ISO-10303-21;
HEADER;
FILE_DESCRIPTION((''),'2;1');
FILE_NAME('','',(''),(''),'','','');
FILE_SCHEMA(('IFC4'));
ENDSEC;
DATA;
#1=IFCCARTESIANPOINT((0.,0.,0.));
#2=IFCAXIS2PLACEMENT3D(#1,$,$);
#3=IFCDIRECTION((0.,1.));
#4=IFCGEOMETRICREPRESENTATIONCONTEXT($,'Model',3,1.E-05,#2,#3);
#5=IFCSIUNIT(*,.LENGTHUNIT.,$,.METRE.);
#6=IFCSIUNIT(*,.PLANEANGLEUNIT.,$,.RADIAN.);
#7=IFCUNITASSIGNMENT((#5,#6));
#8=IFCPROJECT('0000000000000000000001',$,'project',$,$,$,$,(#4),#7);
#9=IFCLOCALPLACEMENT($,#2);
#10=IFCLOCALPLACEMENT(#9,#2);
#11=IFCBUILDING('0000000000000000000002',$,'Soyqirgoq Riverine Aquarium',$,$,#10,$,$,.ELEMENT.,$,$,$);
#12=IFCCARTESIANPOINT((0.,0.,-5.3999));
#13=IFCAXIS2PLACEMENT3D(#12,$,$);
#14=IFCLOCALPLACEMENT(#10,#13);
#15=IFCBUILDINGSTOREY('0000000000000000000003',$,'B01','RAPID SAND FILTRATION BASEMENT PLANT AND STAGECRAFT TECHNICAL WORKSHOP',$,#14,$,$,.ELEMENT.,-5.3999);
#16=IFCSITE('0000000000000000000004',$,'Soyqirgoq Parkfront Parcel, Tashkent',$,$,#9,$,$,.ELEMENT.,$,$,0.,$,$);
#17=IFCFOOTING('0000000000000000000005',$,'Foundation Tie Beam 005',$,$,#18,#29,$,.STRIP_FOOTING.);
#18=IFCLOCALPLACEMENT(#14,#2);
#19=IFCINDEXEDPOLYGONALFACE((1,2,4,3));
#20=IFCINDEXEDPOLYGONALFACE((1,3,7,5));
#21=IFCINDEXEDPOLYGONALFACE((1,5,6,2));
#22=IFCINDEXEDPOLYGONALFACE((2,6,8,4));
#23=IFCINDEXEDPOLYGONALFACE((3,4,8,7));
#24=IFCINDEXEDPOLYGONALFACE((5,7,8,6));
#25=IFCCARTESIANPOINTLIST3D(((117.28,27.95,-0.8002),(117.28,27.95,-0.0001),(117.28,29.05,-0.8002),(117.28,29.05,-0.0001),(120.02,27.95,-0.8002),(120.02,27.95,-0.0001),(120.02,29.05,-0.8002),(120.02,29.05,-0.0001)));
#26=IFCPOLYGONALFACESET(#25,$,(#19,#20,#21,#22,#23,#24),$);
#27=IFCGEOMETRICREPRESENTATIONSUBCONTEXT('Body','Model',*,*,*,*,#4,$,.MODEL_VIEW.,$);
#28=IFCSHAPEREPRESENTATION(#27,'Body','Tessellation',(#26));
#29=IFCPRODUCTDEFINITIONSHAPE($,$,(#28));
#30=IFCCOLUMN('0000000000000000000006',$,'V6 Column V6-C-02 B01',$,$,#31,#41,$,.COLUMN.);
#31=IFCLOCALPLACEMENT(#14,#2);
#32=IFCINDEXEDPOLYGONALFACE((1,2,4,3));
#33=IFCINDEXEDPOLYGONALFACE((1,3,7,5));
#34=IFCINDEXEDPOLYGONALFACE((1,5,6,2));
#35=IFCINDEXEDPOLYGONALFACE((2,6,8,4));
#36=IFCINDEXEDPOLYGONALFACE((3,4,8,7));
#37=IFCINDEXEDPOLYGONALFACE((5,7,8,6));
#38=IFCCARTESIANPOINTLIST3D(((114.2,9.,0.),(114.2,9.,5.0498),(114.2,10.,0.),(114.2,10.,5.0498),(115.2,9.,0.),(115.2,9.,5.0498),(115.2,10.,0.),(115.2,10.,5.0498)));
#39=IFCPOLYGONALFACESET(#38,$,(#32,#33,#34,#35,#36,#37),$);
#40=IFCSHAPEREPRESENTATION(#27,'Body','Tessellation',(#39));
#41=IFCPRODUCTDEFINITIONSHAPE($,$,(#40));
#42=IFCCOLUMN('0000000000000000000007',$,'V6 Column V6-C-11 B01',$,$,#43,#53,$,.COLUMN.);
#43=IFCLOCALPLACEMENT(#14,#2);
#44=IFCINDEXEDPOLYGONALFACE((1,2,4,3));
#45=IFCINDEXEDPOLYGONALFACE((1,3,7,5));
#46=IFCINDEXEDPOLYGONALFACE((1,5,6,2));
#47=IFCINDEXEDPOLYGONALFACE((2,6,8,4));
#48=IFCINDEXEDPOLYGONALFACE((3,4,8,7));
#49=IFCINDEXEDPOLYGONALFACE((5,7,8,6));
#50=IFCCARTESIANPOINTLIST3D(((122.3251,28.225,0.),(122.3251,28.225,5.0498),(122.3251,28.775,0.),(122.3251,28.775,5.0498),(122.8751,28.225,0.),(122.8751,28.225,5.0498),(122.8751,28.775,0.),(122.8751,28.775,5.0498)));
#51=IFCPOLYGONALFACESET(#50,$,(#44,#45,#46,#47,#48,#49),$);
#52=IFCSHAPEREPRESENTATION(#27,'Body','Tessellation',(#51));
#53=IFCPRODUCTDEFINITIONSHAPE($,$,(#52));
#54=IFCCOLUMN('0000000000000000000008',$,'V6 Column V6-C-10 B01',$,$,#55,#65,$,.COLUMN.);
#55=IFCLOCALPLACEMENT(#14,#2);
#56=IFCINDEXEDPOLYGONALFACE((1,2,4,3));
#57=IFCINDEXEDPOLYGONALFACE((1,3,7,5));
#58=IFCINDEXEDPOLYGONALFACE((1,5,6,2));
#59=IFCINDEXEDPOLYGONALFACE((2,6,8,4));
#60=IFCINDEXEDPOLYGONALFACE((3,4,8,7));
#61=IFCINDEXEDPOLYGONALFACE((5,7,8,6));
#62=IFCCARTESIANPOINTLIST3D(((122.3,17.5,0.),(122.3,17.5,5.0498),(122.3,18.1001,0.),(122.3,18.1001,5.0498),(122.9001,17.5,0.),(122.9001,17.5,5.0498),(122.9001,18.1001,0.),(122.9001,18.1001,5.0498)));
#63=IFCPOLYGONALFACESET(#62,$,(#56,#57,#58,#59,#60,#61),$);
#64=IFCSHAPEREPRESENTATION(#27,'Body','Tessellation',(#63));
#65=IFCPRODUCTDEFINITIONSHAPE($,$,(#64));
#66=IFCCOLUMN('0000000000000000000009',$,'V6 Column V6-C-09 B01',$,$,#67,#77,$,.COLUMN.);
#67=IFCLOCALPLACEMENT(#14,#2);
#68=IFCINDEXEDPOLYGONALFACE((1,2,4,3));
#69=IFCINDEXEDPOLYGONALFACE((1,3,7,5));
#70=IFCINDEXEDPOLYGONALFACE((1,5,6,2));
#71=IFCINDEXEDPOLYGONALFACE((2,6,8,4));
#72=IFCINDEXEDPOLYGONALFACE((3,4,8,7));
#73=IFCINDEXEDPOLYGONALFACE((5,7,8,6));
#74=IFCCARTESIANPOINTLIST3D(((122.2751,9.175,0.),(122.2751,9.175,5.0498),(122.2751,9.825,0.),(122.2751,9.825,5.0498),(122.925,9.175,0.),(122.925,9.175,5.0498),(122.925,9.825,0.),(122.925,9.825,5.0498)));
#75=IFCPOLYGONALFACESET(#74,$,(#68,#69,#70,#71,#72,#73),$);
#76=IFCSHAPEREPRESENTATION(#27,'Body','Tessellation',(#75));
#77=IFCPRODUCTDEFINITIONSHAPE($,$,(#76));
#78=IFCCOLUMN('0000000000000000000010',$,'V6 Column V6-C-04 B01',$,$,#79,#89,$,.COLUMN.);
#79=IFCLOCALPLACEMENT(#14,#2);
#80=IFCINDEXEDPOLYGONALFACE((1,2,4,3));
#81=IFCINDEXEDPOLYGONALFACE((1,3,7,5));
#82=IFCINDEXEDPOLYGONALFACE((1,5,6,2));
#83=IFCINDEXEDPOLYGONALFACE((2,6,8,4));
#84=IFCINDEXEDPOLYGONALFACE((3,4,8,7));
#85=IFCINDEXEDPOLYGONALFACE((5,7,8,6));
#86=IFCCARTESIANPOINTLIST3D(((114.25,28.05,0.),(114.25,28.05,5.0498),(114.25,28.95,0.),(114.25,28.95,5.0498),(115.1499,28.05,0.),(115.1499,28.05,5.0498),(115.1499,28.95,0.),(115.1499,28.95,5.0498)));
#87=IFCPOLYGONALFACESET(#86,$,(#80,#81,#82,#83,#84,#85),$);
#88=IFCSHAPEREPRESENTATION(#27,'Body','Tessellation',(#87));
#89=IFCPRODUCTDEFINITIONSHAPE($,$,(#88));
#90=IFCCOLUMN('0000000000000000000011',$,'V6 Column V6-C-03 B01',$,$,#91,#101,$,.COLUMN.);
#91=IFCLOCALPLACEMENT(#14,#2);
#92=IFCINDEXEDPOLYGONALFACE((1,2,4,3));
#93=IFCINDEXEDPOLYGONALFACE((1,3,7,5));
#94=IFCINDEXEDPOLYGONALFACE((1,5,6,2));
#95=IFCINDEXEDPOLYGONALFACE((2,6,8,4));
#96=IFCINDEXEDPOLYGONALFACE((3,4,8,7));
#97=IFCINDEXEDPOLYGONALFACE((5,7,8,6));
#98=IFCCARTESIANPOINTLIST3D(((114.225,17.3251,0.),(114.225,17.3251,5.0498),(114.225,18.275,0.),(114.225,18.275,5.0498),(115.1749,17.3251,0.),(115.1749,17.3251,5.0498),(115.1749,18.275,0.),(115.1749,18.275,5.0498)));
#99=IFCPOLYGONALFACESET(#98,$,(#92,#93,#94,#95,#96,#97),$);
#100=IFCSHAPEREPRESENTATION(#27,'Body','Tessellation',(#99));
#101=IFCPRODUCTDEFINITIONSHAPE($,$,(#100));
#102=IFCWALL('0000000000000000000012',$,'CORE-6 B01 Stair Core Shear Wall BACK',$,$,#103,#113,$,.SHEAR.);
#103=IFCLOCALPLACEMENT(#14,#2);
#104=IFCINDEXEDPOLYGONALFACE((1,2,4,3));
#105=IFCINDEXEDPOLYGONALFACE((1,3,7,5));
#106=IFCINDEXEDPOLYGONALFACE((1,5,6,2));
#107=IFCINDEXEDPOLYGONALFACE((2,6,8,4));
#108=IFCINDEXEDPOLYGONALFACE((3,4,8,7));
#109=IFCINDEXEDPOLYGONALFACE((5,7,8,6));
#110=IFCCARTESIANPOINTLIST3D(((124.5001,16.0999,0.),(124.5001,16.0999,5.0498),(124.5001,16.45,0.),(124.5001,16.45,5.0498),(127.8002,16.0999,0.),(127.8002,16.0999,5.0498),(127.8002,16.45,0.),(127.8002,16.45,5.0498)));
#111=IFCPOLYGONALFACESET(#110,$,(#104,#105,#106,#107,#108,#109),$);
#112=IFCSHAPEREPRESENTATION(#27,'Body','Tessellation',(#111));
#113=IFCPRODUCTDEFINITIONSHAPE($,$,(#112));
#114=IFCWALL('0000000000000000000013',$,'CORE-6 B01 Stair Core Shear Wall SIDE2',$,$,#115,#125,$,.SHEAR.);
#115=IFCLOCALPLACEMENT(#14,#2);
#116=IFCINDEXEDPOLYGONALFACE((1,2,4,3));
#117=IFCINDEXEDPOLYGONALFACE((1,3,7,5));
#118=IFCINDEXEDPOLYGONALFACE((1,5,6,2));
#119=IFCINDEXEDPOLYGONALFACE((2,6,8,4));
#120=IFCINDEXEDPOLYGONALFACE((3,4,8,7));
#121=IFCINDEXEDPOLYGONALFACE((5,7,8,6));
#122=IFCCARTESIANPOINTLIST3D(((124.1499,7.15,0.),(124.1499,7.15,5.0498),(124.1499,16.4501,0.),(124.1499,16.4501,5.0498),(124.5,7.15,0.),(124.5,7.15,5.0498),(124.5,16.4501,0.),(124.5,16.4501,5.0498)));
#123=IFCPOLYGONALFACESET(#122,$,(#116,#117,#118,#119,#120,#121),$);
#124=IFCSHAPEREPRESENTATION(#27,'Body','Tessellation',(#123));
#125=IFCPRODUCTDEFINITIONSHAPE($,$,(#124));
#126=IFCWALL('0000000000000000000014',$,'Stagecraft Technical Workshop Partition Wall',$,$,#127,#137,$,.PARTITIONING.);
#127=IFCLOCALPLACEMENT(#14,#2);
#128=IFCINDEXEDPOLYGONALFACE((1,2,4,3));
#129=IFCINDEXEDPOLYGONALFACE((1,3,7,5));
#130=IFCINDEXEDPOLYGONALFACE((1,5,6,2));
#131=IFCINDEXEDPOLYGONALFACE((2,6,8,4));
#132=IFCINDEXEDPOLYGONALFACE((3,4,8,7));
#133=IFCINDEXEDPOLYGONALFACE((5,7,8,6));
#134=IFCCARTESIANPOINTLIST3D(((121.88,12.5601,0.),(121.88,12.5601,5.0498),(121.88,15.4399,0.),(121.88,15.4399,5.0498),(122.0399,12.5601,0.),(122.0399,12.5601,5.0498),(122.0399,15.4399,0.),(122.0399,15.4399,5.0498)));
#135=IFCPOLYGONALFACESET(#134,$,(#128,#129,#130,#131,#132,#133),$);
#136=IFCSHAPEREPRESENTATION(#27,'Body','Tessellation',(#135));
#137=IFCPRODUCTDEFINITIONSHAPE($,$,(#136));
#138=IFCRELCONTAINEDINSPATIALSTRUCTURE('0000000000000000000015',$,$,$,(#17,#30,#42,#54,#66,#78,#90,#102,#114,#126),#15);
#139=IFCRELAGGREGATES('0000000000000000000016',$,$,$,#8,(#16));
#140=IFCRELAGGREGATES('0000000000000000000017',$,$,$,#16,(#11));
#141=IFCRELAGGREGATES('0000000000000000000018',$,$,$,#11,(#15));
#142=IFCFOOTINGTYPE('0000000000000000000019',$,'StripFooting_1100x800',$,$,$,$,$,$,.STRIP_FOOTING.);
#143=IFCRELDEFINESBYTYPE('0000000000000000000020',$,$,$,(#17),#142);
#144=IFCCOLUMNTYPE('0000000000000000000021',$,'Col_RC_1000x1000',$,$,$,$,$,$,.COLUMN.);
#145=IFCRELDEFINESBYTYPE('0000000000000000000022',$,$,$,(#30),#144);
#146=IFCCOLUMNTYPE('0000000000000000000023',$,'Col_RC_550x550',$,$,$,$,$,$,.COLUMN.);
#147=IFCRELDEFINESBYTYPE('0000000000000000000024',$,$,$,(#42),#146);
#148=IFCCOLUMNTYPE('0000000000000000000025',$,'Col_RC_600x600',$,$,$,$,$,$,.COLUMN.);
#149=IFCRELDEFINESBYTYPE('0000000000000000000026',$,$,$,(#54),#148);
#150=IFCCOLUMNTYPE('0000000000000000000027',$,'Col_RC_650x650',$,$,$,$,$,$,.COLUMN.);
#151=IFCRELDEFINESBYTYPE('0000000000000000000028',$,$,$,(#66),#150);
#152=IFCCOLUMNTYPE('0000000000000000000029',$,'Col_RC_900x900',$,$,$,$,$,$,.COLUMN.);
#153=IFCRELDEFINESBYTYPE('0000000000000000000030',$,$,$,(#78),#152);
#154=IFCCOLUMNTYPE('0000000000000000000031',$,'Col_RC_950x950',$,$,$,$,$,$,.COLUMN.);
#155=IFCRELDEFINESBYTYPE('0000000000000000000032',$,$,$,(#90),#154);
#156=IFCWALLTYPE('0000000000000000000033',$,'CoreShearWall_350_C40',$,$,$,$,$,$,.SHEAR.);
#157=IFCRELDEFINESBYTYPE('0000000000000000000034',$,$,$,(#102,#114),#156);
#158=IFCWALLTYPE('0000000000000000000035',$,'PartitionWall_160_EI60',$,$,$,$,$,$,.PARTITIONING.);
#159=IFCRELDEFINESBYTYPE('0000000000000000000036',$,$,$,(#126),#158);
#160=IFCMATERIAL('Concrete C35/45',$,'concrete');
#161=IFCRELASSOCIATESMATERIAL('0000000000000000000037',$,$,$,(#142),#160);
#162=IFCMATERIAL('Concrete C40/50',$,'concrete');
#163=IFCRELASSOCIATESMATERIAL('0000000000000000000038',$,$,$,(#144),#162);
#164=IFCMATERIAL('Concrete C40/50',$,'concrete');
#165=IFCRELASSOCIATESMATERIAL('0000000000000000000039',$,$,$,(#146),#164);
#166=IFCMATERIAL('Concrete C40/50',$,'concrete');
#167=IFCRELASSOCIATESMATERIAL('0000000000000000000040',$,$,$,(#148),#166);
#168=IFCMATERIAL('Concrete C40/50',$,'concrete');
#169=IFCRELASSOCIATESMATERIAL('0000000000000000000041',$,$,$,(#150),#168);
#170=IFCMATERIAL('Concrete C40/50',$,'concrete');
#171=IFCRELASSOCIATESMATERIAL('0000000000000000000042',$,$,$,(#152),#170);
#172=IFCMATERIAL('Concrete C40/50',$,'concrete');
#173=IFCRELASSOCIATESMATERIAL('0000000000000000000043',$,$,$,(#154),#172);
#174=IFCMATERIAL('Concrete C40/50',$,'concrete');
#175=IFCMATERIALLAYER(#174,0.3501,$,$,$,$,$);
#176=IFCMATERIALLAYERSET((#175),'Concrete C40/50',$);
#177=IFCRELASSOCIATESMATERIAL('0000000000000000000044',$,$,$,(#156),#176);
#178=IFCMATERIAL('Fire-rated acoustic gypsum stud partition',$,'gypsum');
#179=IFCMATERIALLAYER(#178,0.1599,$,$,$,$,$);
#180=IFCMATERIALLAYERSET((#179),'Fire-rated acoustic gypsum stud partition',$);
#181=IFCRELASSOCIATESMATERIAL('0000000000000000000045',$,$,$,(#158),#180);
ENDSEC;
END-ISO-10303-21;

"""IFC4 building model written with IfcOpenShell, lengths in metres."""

from ifc_helpers import new_model, si_unit, direction, frame, frame_2d, origin, origin_2d, place, context, subcontext, project, spatial, rectangle, extrude, material, layer, layer_set, material_profile, profile_set, type_object, element, save


model = new_model("IFC4")

# Units and contexts
model_context = context("Model", 3, precision=1e-05, world=origin(), true_north=direction((0.0, 1.0)))
body_context = subcontext(model_context, "Body", "Model", "MODEL_VIEW")
ifc_project = project(units=[si_unit("LENGTHUNIT", "METRE"), si_unit("PLANEANGLEUNIT", "RADIAN")], contexts=[model_context])

# Site, building, storey
site_placement = place(None, origin())
site = spatial("IfcSite", under=ifc_project, at=site_placement, Name="Soyqirgoq Parkfront Parcel, Tashkent", CompositionType="ELEMENT", RefElevation=0.0)
building_placement = place(site_placement, origin())
building = spatial("IfcBuilding", under=site, at=building_placement, Name="Soyqirgoq Riverine Aquarium", CompositionType="ELEMENT")
storey_placement = place(building_placement, frame((0.0, 0.0, -5.3999)))
storey = spatial("IfcBuildingStorey", under=building, at=storey_placement, Name="B01", Description="RAPID SAND FILTRATION BASEMENT PLANT AND STAGECRAFT TECHNICAL WORKSHOP", CompositionType="ELEMENT", Elevation=-5.3999)

# Footing
ifc_material_1 = material(Name="Concrete C35/45", Category="concrete")
ifc_material_profile_1 = material_profile(ifc_material_1, rectangle(XDim=1.1001, YDim=0.8, at=origin_2d()), Name="RC 1100x800")
ifc_profile_set_1 = profile_set([ifc_material_profile_1], Name="Concrete C35/45")
footing_type_1 = type_object("IfcFootingType", Name="StripFooting_1100x800", PredefinedType="STRIP_FOOTING", material=ifc_profile_set_1)
footing_1_placement = place(storey_placement, frame((117.28, 28.5, -0.4001), z_axis=(1.0, 0.0, 0.0), x_axis=(0.0, 1.0, 0.0)))
element("IfcFooting", 1, at=footing_1_placement, inside=storey, type_object=footing_type_1, Name="Foundation Tie Beam 005", PredefinedType="STRIP_FOOTING", context=body_context, shape_type="SweptSolid", body=[
    extrude(rectangle(XDim=1.1001, YDim=0.8, at=origin_2d()), origin(), (0.0, 0.0, 1.0), 2.74),
])

# Columns
ifc_material_2 = material(Name="Concrete C40/50", Category="concrete")
ifc_material_profile_2 = material_profile(ifc_material_2, rectangle(XDim=1.0, YDim=1.0, at=origin_2d()), Name="RC 1000x1000")
ifc_profile_set_2 = profile_set([ifc_material_profile_2], Name="Concrete C40/50")
column_type_1 = type_object("IfcColumnType", Name="Col_RC_1000x1000", PredefinedType="COLUMN", material=ifc_profile_set_2)
column_1_placement = place(storey_placement, frame((114.7, 9.5, 0.0), z_axis=(0.0, 0.0, 1.0), x_axis=(1.0, 0.0, 0.0)))
element("IfcColumn", 2, at=column_1_placement, inside=storey, type_object=column_type_1, Name="V6 Column V6-C-02 B01", PredefinedType="COLUMN", context=body_context, shape_type="SweptSolid", body=[
    extrude(rectangle(XDim=1.0, YDim=1.0, at=origin_2d()), origin(), (0.0, 0.0, 1.0), 5.0498),
])
ifc_material_3 = material(Name="Concrete C40/50", Category="concrete")
ifc_material_profile_3 = material_profile(ifc_material_3, rectangle(XDim=0.55, YDim=0.55, at=origin_2d()), Name="RC 550x550")
ifc_profile_set_3 = profile_set([ifc_material_profile_3], Name="Concrete C40/50")
column_type_2 = type_object("IfcColumnType", Name="Col_RC_550x550", PredefinedType="COLUMN", material=ifc_profile_set_3)
column_2_placement = place(storey_placement, frame((122.6001, 28.5, 0.0), z_axis=(0.0, 0.0, 1.0), x_axis=(1.0, 0.0, 0.0)))
element("IfcColumn", 3, at=column_2_placement, inside=storey, type_object=column_type_2, Name="V6 Column V6-C-11 B01", PredefinedType="COLUMN", context=body_context, shape_type="SweptSolid", body=[
    extrude(rectangle(XDim=0.55, YDim=0.55, at=origin_2d()), origin(), (0.0, 0.0, 1.0), 5.0498),
])
ifc_material_4 = material(Name="Concrete C40/50", Category="concrete")
ifc_material_profile_4 = material_profile(ifc_material_4, rectangle(XDim=0.6001, YDim=0.6001, at=origin_2d()), Name="RC 600x600")
ifc_profile_set_4 = profile_set([ifc_material_profile_4], Name="Concrete C40/50")
column_type_3 = type_object("IfcColumnType", Name="Col_RC_600x600", PredefinedType="COLUMN", material=ifc_profile_set_4)
column_3_placement = place(storey_placement, frame((122.6001, 17.8, 0.0), z_axis=(0.0, 0.0, 1.0), x_axis=(1.0, 0.0, 0.0)))
element("IfcColumn", 4, at=column_3_placement, inside=storey, type_object=column_type_3, Name="V6 Column V6-C-10 B01", PredefinedType="COLUMN", context=body_context, shape_type="SweptSolid", body=[
    extrude(rectangle(XDim=0.6001, YDim=0.6001, at=origin_2d()), origin(), (0.0, 0.0, 1.0), 5.0498),
])
ifc_material_5 = material(Name="Concrete C40/50", Category="concrete")
ifc_material_profile_5 = material_profile(ifc_material_5, rectangle(XDim=0.6499, YDim=0.6499, at=origin_2d()), Name="RC 650x650")
ifc_profile_set_5 = profile_set([ifc_material_profile_5], Name="Concrete C40/50")
column_type_4 = type_object("IfcColumnType", Name="Col_RC_650x650", PredefinedType="COLUMN", material=ifc_profile_set_5)
column_4_placement = place(storey_placement, frame((122.6001, 9.5, 0.0), z_axis=(0.0, 0.0, 1.0), x_axis=(1.0, 0.0, 0.0)))
element("IfcColumn", 5, at=column_4_placement, inside=storey, type_object=column_type_4, Name="V6 Column V6-C-09 B01", PredefinedType="COLUMN", context=body_context, shape_type="SweptSolid", body=[
    extrude(rectangle(XDim=0.6499, YDim=0.6499, at=origin_2d()), origin(), (0.0, 0.0, 1.0), 5.0498),
])
ifc_material_6 = material(Name="Concrete C40/50", Category="concrete")
ifc_material_profile_6 = material_profile(ifc_material_6, rectangle(XDim=0.8999, YDim=0.8999, at=origin_2d()), Name="RC 900x900")
ifc_profile_set_6 = profile_set([ifc_material_profile_6], Name="Concrete C40/50")
column_type_5 = type_object("IfcColumnType", Name="Col_RC_900x900", PredefinedType="COLUMN", material=ifc_profile_set_6)
column_5_placement = place(storey_placement, frame((114.7, 28.5, 0.0), z_axis=(0.0, 0.0, 1.0), x_axis=(1.0, 0.0, 0.0)))
element("IfcColumn", 6, at=column_5_placement, inside=storey, type_object=column_type_5, Name="V6 Column V6-C-04 B01", PredefinedType="COLUMN", context=body_context, shape_type="SweptSolid", body=[
    extrude(rectangle(XDim=0.8999, YDim=0.8999, at=origin_2d()), origin(), (0.0, 0.0, 1.0), 5.0498),
])
ifc_material_7 = material(Name="Concrete C40/50", Category="concrete")
ifc_material_profile_7 = material_profile(ifc_material_7, rectangle(XDim=0.95, YDim=0.95, at=origin_2d()), Name="RC 950x950")
ifc_profile_set_7 = profile_set([ifc_material_profile_7], Name="Concrete C40/50")
column_type_6 = type_object("IfcColumnType", Name="Col_RC_950x950", PredefinedType="COLUMN", material=ifc_profile_set_7)
column_6_placement = place(storey_placement, frame((114.7, 17.8, 0.0), z_axis=(0.0, 0.0, 1.0), x_axis=(1.0, 0.0, 0.0)))
element("IfcColumn", 7, at=column_6_placement, inside=storey, type_object=column_type_6, Name="V6 Column V6-C-03 B01", PredefinedType="COLUMN", context=body_context, shape_type="SweptSolid", body=[
    extrude(rectangle(XDim=0.95, YDim=0.95, at=origin_2d()), origin(), (0.0, 0.0, 1.0), 5.0498),
])

# Walls
ifc_material_8 = material(Name="Concrete C40/50", Category="concrete")
ifc_layer_1 = layer(ifc_material_8, 0.3501)
ifc_layer_set_1 = layer_set([ifc_layer_1], Name="Concrete C40/50")
wall_type_1 = type_object("IfcWallType", Name="CoreShearWall_350_C40", PredefinedType="SHEAR", material=ifc_layer_set_1)
wall_1_placement = place(storey_placement, frame((127.8, 16.2749, 0.0), z_axis=(0.0, 0.0, 1.0), x_axis=(-1.0, 0.0, 0.0)))
element("IfcWall", 8, at=wall_1_placement, inside=storey, type_object=wall_type_1, Name="CORE-6 B01 Stair Core Shear Wall BACK", PredefinedType="SHEAR", context=body_context, shape_type="SweptSolid", body=[
    extrude(rectangle(XDim=3.3, YDim=0.3501, at=frame_2d((1.6499, 0.0))), origin(), (0.0, 0.0, 1.0), 5.0498),
])
wall_2_placement = place(storey_placement, frame((124.325, 16.45, 0.0), z_axis=(0.0, 0.0, 1.0), x_axis=(0.0, -1.0, 0.0)))
element("IfcWall", 9, at=wall_2_placement, inside=storey, type_object=wall_type_1, Name="CORE-6 B01 Stair Core Shear Wall SIDE2", PredefinedType="SHEAR", context=body_context, shape_type="SweptSolid", body=[
    extrude(rectangle(XDim=9.3, YDim=0.3501, at=frame_2d((4.6499, 0.0))), origin(), (0.0, 0.0, 1.0), 5.0498),
])
ifc_material_9 = material(Name="Fire-rated acoustic gypsum stud partition", Category="gypsum")
ifc_layer_2 = layer(ifc_material_9, 0.1599)
ifc_layer_set_2 = layer_set([ifc_layer_2], Name="Fire-rated acoustic gypsum stud partition")
wall_type_2 = type_object("IfcWallType", Name="PartitionWall_160_EI60", PredefinedType="PARTITIONING", material=ifc_layer_set_2)
wall_3_placement = place(storey_placement, frame((121.96, 12.5601, 0.0), z_axis=(0.0, 0.0, 1.0), x_axis=(0.0, 1.0, 0.0)))
element("IfcWall", 10, at=wall_3_placement, inside=storey, type_object=wall_type_2, Name="Stagecraft Technical Workshop Partition Wall", PredefinedType="PARTITIONING", context=body_context, shape_type="SweptSolid", body=[
    extrude(rectangle(XDim=2.8799, YDim=0.1599, at=frame_2d((1.4399, 0.0))), origin(), (0.0, 0.0, 1.0), 5.0498),
])

save(model, "model.ifc")
